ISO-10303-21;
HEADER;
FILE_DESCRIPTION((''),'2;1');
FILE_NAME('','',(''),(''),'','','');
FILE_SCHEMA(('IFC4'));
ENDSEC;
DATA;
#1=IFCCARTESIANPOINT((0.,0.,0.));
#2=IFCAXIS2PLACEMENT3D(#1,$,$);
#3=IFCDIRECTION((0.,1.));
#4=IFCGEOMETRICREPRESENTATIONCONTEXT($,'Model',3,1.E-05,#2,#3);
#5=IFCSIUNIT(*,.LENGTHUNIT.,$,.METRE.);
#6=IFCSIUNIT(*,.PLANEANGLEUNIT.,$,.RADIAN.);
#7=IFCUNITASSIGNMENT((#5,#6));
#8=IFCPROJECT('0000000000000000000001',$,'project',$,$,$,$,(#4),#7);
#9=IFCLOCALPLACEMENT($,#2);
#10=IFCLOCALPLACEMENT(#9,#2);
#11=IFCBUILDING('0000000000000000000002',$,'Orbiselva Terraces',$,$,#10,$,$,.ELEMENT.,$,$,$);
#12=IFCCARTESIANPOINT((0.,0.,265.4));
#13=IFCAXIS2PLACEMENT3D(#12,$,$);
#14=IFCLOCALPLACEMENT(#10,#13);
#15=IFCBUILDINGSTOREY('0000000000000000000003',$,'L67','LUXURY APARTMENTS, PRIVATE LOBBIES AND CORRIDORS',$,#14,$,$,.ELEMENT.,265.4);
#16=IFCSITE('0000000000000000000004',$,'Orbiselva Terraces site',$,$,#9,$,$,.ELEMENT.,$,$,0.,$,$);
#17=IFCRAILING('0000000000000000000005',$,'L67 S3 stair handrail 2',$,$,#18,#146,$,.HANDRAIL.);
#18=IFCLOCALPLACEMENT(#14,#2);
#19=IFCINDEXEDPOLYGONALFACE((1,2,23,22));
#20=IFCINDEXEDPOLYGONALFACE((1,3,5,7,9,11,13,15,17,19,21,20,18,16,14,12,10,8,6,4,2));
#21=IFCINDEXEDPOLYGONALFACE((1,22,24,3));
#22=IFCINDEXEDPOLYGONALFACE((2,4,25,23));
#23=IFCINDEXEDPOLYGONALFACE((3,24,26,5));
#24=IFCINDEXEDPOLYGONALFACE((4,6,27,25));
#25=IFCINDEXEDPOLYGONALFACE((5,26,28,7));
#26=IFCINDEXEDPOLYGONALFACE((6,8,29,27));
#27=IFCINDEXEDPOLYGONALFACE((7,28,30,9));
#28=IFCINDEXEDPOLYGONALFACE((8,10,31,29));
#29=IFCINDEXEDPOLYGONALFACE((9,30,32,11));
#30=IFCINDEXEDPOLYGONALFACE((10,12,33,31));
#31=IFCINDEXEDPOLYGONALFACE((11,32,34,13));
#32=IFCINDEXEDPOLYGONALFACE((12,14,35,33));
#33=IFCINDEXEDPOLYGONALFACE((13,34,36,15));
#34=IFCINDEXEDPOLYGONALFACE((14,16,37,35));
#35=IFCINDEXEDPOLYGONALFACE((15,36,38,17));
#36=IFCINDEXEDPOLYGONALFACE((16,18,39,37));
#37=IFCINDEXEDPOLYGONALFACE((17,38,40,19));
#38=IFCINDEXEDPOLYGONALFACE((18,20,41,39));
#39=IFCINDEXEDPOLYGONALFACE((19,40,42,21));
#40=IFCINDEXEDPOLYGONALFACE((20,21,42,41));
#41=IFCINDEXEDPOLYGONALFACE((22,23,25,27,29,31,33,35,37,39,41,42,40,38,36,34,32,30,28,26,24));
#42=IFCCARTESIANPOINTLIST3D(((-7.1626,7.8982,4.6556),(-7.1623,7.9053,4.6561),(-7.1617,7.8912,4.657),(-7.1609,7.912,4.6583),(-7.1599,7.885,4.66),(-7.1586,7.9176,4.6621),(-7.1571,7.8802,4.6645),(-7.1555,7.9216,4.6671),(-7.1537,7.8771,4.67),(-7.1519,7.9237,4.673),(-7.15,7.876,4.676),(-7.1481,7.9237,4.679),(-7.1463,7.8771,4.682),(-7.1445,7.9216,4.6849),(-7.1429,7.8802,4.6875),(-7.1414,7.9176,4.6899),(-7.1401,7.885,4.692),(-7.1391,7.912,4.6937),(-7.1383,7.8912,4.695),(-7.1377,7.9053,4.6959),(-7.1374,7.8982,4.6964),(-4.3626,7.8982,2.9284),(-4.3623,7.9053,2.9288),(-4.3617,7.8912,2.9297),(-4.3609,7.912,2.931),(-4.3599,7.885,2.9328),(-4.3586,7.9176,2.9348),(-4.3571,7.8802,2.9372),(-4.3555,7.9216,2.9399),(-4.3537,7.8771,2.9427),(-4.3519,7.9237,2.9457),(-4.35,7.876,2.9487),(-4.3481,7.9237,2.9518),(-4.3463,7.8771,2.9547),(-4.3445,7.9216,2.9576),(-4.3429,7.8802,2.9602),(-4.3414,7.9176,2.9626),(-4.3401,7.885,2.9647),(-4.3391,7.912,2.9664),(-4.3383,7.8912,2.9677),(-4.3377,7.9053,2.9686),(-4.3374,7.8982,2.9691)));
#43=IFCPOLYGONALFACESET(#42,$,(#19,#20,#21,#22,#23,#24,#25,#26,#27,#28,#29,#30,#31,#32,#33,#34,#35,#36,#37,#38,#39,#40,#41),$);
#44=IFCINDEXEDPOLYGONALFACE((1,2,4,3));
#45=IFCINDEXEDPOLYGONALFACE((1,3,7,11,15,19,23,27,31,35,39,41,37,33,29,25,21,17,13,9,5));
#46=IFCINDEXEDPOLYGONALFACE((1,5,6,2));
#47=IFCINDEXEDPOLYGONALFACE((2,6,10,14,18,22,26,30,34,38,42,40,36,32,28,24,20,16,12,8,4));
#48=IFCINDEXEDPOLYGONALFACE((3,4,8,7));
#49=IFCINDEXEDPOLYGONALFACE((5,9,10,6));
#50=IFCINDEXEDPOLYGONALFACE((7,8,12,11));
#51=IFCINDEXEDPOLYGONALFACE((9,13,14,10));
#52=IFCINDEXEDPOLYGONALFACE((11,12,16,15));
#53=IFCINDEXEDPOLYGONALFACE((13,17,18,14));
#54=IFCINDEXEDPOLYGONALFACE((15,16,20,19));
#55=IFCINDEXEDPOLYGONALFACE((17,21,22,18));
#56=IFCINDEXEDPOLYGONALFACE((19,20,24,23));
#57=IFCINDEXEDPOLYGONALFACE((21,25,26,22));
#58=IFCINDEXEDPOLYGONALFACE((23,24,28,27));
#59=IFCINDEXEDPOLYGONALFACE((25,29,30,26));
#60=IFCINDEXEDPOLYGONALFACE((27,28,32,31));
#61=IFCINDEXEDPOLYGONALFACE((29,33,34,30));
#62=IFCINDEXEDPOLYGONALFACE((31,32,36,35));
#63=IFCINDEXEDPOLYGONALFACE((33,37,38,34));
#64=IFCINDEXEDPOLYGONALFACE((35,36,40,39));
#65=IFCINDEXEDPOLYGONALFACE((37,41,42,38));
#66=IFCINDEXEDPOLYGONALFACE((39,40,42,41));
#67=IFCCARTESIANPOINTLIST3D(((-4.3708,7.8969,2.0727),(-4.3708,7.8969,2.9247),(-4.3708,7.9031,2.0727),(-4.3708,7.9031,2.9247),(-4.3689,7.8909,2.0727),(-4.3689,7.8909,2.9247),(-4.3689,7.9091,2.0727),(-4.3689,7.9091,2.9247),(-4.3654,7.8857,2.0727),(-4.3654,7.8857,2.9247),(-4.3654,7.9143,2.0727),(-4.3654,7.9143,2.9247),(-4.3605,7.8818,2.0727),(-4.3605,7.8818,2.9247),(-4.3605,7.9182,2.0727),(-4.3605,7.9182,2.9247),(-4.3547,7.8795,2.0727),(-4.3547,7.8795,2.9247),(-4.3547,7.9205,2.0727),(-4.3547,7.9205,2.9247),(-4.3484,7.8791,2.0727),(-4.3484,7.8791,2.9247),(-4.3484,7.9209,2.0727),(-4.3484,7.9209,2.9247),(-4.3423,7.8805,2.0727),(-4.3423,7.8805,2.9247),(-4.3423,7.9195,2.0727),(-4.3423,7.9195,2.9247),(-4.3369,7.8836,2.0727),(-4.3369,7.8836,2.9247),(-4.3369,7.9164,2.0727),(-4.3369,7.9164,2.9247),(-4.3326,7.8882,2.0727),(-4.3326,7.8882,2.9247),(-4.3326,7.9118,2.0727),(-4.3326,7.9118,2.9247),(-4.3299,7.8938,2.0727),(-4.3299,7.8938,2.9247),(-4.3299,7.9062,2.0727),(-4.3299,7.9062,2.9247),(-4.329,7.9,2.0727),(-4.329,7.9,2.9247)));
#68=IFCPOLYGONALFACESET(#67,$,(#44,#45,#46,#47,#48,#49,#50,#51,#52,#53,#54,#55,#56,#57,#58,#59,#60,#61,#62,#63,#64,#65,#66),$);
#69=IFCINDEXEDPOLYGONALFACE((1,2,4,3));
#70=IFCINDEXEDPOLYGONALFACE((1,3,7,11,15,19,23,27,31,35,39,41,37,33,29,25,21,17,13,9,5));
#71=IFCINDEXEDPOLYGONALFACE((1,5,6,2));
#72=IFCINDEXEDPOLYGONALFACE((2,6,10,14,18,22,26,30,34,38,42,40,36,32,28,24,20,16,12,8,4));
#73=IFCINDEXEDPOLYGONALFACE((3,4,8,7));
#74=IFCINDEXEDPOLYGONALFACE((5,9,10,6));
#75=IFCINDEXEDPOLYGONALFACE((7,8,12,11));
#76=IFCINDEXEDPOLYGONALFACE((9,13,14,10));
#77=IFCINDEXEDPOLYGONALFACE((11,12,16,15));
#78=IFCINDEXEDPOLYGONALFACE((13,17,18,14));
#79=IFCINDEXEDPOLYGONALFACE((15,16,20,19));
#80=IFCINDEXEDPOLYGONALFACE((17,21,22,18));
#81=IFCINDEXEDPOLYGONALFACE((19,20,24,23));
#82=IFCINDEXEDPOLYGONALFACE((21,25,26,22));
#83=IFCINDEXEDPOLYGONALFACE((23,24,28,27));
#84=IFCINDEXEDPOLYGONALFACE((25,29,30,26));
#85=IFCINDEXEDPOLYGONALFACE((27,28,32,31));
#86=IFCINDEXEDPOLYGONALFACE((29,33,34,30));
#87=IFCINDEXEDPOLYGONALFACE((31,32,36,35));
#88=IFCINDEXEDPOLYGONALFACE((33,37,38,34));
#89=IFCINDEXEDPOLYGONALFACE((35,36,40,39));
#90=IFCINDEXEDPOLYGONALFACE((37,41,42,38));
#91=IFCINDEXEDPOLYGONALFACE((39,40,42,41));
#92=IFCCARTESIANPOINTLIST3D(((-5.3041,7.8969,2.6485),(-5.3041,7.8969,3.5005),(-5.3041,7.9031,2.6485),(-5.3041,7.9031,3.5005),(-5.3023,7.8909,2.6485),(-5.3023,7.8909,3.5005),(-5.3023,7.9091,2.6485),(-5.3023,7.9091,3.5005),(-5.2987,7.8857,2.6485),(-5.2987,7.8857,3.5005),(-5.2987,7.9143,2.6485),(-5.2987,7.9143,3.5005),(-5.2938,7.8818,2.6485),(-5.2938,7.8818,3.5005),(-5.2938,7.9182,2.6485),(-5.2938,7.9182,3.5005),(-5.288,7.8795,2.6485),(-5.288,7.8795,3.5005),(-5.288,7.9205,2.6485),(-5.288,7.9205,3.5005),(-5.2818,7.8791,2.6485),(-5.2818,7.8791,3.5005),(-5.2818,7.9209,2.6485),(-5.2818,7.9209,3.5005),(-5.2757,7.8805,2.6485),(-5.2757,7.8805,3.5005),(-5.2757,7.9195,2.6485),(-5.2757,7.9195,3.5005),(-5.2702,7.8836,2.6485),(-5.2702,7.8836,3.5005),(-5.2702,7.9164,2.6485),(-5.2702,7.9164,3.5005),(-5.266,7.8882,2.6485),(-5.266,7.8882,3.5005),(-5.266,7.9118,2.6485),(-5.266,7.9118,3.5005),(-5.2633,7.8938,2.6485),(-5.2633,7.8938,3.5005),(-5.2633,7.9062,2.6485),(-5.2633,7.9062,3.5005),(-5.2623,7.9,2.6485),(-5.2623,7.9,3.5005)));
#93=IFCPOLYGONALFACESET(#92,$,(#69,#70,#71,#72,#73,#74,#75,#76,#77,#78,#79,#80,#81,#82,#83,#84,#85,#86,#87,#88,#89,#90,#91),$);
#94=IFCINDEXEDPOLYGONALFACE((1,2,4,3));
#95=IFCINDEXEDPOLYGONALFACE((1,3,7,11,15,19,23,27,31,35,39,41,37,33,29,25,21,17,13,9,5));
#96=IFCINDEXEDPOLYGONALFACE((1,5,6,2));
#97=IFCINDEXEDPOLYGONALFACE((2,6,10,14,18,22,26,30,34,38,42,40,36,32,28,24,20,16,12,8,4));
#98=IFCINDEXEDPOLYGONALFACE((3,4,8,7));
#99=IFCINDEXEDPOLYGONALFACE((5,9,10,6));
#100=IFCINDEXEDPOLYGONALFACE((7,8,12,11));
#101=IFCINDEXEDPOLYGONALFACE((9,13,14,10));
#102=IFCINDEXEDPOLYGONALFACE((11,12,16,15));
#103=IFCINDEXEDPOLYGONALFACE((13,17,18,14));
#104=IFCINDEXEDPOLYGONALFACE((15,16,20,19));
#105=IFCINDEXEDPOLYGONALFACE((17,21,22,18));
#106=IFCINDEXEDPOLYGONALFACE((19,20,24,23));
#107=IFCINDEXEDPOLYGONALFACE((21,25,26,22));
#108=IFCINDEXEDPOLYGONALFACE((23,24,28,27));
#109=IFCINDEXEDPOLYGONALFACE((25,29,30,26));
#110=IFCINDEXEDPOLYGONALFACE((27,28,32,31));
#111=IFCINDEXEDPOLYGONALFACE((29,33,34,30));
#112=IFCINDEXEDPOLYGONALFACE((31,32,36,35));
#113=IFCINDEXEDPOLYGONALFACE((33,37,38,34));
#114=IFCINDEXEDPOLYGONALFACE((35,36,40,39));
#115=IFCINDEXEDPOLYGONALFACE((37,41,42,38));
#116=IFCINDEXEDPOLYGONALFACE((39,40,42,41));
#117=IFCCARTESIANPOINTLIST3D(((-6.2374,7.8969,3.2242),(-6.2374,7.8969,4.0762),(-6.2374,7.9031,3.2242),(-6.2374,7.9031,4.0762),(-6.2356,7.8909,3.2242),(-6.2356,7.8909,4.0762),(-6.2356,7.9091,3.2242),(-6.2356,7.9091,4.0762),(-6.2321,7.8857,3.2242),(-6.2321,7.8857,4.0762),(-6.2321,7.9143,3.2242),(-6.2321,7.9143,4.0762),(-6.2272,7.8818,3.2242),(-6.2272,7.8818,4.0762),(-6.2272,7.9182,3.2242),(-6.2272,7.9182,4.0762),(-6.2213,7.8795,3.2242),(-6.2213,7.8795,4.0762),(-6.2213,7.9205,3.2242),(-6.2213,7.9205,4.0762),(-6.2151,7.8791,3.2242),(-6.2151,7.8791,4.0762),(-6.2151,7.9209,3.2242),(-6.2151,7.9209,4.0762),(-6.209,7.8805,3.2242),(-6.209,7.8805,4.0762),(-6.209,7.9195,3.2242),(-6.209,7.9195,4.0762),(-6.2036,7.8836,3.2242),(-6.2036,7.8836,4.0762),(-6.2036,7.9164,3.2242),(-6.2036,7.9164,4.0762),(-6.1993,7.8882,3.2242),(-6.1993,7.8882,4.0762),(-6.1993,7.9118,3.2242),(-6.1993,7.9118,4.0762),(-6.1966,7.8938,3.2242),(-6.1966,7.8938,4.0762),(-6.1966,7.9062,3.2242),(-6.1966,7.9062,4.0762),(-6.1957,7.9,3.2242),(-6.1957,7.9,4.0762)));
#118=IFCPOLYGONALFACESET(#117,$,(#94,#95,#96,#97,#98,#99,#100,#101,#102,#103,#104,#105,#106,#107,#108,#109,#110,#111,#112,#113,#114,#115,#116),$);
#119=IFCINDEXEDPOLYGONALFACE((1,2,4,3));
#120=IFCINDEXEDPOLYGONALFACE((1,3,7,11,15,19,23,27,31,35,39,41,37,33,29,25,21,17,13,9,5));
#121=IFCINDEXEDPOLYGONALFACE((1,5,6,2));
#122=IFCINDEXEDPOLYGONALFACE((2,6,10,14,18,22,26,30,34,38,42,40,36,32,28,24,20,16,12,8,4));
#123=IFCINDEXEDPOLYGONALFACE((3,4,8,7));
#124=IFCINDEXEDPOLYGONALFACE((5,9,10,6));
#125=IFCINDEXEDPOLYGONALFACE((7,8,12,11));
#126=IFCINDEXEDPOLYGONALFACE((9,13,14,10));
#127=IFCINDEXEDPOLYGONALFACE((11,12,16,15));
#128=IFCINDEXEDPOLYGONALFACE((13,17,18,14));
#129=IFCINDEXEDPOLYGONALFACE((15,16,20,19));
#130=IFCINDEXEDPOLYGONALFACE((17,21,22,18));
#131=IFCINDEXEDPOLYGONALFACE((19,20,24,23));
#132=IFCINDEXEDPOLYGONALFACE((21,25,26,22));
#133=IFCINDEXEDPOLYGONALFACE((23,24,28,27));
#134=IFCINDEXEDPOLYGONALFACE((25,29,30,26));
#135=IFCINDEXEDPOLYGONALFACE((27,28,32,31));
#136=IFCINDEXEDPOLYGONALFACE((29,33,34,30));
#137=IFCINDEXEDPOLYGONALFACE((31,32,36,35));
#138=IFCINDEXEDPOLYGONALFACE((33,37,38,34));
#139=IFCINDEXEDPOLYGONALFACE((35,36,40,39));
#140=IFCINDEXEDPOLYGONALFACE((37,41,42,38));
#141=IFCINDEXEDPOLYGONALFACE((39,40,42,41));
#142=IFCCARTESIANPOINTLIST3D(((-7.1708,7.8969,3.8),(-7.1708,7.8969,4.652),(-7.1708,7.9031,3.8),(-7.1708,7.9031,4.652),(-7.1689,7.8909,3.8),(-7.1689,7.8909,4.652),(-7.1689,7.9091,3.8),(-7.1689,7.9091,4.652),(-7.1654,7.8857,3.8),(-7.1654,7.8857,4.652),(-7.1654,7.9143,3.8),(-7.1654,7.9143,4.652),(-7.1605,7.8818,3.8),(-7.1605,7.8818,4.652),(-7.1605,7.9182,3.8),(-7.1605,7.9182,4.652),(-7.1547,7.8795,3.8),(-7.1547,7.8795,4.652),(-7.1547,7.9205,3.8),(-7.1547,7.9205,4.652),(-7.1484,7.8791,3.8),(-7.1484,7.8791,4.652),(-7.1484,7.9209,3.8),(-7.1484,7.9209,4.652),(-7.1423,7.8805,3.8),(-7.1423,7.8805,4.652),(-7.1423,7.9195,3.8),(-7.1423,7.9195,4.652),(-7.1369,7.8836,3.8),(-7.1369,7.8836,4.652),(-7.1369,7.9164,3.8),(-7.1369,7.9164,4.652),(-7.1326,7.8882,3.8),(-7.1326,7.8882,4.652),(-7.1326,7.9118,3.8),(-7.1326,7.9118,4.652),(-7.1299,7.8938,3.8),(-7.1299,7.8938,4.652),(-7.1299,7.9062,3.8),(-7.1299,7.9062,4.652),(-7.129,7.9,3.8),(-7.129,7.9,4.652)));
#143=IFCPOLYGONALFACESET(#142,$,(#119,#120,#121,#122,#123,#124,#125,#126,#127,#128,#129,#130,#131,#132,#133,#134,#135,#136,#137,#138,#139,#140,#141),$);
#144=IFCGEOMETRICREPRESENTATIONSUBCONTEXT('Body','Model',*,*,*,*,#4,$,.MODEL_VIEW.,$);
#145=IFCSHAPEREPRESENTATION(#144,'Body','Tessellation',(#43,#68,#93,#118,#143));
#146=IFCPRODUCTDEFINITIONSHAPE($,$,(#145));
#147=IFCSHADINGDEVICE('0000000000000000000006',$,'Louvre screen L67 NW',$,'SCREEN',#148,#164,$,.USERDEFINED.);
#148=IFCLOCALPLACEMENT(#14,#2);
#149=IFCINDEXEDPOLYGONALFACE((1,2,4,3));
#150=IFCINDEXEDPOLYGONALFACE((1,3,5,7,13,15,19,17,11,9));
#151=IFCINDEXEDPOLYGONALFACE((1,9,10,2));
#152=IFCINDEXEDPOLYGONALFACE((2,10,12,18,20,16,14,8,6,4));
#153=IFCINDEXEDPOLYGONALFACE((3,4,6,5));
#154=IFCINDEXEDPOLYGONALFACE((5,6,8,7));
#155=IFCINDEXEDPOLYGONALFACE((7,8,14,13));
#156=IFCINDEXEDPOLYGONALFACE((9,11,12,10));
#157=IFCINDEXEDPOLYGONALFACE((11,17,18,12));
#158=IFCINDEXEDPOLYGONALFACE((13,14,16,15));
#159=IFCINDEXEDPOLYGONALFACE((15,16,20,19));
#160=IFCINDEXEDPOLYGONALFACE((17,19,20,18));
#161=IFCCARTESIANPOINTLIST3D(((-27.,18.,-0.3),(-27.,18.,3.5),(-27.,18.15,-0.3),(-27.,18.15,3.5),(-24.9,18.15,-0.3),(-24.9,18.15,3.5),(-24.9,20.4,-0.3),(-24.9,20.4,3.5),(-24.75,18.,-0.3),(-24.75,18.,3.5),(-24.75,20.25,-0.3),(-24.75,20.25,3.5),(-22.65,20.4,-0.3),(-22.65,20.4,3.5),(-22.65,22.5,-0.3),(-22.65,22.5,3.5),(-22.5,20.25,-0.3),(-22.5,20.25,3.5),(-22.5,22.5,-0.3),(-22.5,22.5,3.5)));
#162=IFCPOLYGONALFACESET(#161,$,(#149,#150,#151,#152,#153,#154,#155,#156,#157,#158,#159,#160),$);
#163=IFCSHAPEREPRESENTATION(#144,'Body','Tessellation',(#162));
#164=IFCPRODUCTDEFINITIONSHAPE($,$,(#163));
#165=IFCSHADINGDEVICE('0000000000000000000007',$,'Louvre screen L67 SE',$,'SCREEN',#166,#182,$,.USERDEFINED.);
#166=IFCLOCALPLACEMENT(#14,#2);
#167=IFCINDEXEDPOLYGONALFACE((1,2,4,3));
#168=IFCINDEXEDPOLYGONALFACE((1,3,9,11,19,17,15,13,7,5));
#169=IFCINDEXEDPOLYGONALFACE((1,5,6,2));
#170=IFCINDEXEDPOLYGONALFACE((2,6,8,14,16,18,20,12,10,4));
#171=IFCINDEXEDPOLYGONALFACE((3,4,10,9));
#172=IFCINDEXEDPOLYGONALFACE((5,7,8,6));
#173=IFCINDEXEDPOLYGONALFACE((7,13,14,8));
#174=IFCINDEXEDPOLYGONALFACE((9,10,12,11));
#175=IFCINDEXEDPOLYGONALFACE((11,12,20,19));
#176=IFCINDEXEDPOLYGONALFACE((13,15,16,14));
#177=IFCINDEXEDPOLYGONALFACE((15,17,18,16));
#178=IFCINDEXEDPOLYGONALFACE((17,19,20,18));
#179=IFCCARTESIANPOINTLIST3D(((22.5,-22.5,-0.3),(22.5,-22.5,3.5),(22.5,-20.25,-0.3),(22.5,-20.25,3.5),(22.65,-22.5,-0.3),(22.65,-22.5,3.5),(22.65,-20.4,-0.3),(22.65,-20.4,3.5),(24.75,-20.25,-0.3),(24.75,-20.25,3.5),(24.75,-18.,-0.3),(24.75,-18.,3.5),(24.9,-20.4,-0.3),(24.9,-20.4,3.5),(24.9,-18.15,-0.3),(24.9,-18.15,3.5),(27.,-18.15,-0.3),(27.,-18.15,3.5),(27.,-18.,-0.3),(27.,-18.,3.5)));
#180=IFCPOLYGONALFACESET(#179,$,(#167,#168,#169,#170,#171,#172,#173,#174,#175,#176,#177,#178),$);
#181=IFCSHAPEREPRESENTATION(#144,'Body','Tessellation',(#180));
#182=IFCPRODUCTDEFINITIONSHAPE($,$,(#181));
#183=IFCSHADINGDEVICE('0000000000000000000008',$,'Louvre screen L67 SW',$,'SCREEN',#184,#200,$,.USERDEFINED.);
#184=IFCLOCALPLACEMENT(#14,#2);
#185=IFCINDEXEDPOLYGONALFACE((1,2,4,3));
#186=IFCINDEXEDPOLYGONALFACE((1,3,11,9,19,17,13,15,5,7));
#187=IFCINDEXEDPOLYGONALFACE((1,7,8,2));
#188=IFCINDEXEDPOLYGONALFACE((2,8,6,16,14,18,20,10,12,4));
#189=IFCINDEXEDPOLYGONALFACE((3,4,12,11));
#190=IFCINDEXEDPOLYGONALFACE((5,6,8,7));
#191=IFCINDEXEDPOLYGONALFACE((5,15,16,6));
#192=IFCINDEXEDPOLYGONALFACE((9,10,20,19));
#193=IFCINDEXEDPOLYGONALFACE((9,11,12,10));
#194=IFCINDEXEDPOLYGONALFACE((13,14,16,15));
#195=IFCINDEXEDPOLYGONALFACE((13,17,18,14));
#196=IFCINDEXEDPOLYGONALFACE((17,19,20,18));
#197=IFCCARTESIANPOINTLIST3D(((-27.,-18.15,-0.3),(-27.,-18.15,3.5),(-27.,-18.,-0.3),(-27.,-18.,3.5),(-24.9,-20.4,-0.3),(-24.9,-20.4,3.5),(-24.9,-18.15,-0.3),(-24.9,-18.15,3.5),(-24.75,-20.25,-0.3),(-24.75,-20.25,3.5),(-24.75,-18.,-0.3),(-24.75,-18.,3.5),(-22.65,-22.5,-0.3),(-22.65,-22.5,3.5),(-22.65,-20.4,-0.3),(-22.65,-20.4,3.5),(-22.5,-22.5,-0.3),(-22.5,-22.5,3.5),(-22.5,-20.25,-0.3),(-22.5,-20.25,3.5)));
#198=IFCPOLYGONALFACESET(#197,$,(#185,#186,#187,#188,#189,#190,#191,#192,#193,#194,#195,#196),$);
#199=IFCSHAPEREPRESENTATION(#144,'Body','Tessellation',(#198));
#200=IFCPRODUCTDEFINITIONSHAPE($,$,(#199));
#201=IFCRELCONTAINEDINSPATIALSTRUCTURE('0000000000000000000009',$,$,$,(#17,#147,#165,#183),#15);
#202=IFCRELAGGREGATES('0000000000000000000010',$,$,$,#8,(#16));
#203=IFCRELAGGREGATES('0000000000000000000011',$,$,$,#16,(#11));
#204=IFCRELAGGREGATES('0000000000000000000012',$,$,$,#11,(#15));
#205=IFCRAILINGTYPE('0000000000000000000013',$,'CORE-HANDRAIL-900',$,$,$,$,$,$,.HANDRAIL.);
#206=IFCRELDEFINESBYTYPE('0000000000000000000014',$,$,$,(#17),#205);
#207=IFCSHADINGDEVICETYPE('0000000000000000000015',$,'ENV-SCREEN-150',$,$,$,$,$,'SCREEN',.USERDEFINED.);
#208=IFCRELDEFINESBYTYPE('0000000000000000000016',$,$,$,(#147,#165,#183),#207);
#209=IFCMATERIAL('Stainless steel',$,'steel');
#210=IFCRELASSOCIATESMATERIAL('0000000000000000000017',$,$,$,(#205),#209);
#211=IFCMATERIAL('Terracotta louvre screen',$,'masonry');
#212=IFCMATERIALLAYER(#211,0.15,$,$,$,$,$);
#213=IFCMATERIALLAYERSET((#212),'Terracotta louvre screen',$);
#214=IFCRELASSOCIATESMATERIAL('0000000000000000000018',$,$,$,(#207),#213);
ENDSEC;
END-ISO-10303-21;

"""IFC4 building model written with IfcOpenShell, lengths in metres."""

from ifc_helpers import new_model, si_unit, direction, frame, origin, origin_2d, place, context, subcontext, project, spatial, polyline, circle, outline, extrude, material, layer, layer_set, type_object, element, save


model = new_model("IFC4")

# Units and contexts
model_context = context("Model", 3, precision=1e-05, world=origin(), true_north=direction((0.0, 1.0)))
body_context = subcontext(model_context, "Body", "Model", "MODEL_VIEW")
ifc_project = project(units=[si_unit("LENGTHUNIT", "METRE"), si_unit("PLANEANGLEUNIT", "RADIAN")], contexts=[model_context])

# Site, building, storey
site_placement = place(None, origin())
site = spatial("IfcSite", under=ifc_project, at=site_placement, Name="Orbiselva Terraces site", CompositionType="ELEMENT", RefElevation=0.0)
building_placement = place(site_placement, origin())
building = spatial("IfcBuilding", under=site, at=building_placement, Name="Orbiselva Terraces", CompositionType="ELEMENT")
storey_placement = place(building_placement, frame((0.0, 0.0, 265.4)))
storey = spatial("IfcBuildingStorey", under=building, at=storey_placement, Name="L67", Description="LUXURY APARTMENTS, PRIVATE LOBBIES AND CORRIDORS", CompositionType="ELEMENT", Elevation=265.4)

# Railing
ifc_material_1 = material(Name="Stainless steel", Category="steel")
railing_type_1 = type_object("IfcRailingType", Name="CORE-HANDRAIL-900", PredefinedType="HANDRAIL", material=ifc_material_1)
railing_1_placement = place(storey_placement, frame((-4.35, 7.9, 2.0727)))
element("IfcRailing", 1, at=railing_1_placement, inside=storey, type_object=railing_type_1, Name="L67 S3 stair handrail 2", PredefinedType="HANDRAIL", context=body_context, shape_type="SweptSolid", body=[
    extrude(circle(Radius=0.024, at=origin_2d()), frame((0.0, 0.0, 0.876), z_axis=(-0.851089, 0.0, 0.525022), x_axis=(0.0, -1.0, 0.0)), (0.0, 0.0, 1.0), 3.2899),
    extrude(circle(Radius=0.021, at=origin_2d()), origin(), (0.0, 0.0, 1.0), 0.852),
    extrude(circle(Radius=0.021, at=origin_2d()), frame((-0.9333, 0.0, 0.5758)), (0.0, 0.0, 1.0), 0.852),
    extrude(circle(Radius=0.021, at=origin_2d()), frame((-1.8667, 0.0, 1.1515)), (0.0, 0.0, 1.0), 0.852),
    extrude(circle(Radius=0.021, at=origin_2d()), frame((-2.8, 0.0, 1.7273)), (0.0, 0.0, 1.0), 0.852),
])

# Shading devices
ifc_material_2 = material(Name="Terracotta louvre screen", Category="masonry")
ifc_layer_1 = layer(ifc_material_2, 0.15)
ifc_layer_set_1 = layer_set([ifc_layer_1], Name="Terracotta louvre screen")
shading_device_type = type_object("IfcShadingDeviceType", Name="ENV-SCREEN-150", ElementType="SCREEN", PredefinedType="USERDEFINED", material=ifc_layer_set_1)
shading_device_1_placement = place(storey_placement, frame((0.0, 0.0, -0.3)))
element("IfcShadingDevice", 2, at=shading_device_1_placement, inside=storey, type_object=shading_device_type, Name="Louvre screen L67 NW", ObjectType="SCREEN", PredefinedType="USERDEFINED", context=body_context, shape_type="SweptSolid", body=[
    extrude(outline(polyline([(-22.65, 22.5), (-22.65, 20.4), (-24.9, 20.4), (-24.9, 18.15), (-27.0, 18.15), (-27.0, 18.0), (-24.75, 18.0), (-24.75, 20.25), (-22.5, 20.25), (-22.5, 22.5), (-22.65, 22.5)])), origin(), (0.0, 0.0, 1.0), 3.8),
])
shading_device_2_placement = place(storey_placement, frame((0.0, 0.0, -0.3)))
element("IfcShadingDevice", 3, at=shading_device_2_placement, inside=storey, type_object=shading_device_type, Name="Louvre screen L67 SE", ObjectType="SCREEN", PredefinedType="USERDEFINED", context=body_context, shape_type="SweptSolid", body=[
    extrude(outline(polyline([(22.65, -22.5), (22.65, -20.4), (24.9, -20.4), (24.9, -18.15), (27.0, -18.15), (27.0, -18.0), (24.75, -18.0), (24.75, -20.25), (22.5, -20.25), (22.5, -22.5), (22.65, -22.5)])), origin(), (0.0, 0.0, 1.0), 3.8),
])
shading_device_3_placement = place(storey_placement, frame((0.0, 0.0, -0.3)))
element("IfcShadingDevice", 4, at=shading_device_3_placement, inside=storey, type_object=shading_device_type, Name="Louvre screen L67 SW", ObjectType="SCREEN", PredefinedType="USERDEFINED", context=body_context, shape_type="SweptSolid", body=[
    extrude(outline(polyline([(-27.0, -18.15), (-24.9, -18.15), (-24.9, -20.4), (-22.65, -20.4), (-22.65, -22.5), (-22.5, -22.5), (-22.5, -20.25), (-24.75, -20.25), (-24.75, -18.0), (-27.0, -18.0), (-27.0, -18.15)])), origin(), (0.0, 0.0, 1.0), 3.8),
])

save(model, "model.ifc")
